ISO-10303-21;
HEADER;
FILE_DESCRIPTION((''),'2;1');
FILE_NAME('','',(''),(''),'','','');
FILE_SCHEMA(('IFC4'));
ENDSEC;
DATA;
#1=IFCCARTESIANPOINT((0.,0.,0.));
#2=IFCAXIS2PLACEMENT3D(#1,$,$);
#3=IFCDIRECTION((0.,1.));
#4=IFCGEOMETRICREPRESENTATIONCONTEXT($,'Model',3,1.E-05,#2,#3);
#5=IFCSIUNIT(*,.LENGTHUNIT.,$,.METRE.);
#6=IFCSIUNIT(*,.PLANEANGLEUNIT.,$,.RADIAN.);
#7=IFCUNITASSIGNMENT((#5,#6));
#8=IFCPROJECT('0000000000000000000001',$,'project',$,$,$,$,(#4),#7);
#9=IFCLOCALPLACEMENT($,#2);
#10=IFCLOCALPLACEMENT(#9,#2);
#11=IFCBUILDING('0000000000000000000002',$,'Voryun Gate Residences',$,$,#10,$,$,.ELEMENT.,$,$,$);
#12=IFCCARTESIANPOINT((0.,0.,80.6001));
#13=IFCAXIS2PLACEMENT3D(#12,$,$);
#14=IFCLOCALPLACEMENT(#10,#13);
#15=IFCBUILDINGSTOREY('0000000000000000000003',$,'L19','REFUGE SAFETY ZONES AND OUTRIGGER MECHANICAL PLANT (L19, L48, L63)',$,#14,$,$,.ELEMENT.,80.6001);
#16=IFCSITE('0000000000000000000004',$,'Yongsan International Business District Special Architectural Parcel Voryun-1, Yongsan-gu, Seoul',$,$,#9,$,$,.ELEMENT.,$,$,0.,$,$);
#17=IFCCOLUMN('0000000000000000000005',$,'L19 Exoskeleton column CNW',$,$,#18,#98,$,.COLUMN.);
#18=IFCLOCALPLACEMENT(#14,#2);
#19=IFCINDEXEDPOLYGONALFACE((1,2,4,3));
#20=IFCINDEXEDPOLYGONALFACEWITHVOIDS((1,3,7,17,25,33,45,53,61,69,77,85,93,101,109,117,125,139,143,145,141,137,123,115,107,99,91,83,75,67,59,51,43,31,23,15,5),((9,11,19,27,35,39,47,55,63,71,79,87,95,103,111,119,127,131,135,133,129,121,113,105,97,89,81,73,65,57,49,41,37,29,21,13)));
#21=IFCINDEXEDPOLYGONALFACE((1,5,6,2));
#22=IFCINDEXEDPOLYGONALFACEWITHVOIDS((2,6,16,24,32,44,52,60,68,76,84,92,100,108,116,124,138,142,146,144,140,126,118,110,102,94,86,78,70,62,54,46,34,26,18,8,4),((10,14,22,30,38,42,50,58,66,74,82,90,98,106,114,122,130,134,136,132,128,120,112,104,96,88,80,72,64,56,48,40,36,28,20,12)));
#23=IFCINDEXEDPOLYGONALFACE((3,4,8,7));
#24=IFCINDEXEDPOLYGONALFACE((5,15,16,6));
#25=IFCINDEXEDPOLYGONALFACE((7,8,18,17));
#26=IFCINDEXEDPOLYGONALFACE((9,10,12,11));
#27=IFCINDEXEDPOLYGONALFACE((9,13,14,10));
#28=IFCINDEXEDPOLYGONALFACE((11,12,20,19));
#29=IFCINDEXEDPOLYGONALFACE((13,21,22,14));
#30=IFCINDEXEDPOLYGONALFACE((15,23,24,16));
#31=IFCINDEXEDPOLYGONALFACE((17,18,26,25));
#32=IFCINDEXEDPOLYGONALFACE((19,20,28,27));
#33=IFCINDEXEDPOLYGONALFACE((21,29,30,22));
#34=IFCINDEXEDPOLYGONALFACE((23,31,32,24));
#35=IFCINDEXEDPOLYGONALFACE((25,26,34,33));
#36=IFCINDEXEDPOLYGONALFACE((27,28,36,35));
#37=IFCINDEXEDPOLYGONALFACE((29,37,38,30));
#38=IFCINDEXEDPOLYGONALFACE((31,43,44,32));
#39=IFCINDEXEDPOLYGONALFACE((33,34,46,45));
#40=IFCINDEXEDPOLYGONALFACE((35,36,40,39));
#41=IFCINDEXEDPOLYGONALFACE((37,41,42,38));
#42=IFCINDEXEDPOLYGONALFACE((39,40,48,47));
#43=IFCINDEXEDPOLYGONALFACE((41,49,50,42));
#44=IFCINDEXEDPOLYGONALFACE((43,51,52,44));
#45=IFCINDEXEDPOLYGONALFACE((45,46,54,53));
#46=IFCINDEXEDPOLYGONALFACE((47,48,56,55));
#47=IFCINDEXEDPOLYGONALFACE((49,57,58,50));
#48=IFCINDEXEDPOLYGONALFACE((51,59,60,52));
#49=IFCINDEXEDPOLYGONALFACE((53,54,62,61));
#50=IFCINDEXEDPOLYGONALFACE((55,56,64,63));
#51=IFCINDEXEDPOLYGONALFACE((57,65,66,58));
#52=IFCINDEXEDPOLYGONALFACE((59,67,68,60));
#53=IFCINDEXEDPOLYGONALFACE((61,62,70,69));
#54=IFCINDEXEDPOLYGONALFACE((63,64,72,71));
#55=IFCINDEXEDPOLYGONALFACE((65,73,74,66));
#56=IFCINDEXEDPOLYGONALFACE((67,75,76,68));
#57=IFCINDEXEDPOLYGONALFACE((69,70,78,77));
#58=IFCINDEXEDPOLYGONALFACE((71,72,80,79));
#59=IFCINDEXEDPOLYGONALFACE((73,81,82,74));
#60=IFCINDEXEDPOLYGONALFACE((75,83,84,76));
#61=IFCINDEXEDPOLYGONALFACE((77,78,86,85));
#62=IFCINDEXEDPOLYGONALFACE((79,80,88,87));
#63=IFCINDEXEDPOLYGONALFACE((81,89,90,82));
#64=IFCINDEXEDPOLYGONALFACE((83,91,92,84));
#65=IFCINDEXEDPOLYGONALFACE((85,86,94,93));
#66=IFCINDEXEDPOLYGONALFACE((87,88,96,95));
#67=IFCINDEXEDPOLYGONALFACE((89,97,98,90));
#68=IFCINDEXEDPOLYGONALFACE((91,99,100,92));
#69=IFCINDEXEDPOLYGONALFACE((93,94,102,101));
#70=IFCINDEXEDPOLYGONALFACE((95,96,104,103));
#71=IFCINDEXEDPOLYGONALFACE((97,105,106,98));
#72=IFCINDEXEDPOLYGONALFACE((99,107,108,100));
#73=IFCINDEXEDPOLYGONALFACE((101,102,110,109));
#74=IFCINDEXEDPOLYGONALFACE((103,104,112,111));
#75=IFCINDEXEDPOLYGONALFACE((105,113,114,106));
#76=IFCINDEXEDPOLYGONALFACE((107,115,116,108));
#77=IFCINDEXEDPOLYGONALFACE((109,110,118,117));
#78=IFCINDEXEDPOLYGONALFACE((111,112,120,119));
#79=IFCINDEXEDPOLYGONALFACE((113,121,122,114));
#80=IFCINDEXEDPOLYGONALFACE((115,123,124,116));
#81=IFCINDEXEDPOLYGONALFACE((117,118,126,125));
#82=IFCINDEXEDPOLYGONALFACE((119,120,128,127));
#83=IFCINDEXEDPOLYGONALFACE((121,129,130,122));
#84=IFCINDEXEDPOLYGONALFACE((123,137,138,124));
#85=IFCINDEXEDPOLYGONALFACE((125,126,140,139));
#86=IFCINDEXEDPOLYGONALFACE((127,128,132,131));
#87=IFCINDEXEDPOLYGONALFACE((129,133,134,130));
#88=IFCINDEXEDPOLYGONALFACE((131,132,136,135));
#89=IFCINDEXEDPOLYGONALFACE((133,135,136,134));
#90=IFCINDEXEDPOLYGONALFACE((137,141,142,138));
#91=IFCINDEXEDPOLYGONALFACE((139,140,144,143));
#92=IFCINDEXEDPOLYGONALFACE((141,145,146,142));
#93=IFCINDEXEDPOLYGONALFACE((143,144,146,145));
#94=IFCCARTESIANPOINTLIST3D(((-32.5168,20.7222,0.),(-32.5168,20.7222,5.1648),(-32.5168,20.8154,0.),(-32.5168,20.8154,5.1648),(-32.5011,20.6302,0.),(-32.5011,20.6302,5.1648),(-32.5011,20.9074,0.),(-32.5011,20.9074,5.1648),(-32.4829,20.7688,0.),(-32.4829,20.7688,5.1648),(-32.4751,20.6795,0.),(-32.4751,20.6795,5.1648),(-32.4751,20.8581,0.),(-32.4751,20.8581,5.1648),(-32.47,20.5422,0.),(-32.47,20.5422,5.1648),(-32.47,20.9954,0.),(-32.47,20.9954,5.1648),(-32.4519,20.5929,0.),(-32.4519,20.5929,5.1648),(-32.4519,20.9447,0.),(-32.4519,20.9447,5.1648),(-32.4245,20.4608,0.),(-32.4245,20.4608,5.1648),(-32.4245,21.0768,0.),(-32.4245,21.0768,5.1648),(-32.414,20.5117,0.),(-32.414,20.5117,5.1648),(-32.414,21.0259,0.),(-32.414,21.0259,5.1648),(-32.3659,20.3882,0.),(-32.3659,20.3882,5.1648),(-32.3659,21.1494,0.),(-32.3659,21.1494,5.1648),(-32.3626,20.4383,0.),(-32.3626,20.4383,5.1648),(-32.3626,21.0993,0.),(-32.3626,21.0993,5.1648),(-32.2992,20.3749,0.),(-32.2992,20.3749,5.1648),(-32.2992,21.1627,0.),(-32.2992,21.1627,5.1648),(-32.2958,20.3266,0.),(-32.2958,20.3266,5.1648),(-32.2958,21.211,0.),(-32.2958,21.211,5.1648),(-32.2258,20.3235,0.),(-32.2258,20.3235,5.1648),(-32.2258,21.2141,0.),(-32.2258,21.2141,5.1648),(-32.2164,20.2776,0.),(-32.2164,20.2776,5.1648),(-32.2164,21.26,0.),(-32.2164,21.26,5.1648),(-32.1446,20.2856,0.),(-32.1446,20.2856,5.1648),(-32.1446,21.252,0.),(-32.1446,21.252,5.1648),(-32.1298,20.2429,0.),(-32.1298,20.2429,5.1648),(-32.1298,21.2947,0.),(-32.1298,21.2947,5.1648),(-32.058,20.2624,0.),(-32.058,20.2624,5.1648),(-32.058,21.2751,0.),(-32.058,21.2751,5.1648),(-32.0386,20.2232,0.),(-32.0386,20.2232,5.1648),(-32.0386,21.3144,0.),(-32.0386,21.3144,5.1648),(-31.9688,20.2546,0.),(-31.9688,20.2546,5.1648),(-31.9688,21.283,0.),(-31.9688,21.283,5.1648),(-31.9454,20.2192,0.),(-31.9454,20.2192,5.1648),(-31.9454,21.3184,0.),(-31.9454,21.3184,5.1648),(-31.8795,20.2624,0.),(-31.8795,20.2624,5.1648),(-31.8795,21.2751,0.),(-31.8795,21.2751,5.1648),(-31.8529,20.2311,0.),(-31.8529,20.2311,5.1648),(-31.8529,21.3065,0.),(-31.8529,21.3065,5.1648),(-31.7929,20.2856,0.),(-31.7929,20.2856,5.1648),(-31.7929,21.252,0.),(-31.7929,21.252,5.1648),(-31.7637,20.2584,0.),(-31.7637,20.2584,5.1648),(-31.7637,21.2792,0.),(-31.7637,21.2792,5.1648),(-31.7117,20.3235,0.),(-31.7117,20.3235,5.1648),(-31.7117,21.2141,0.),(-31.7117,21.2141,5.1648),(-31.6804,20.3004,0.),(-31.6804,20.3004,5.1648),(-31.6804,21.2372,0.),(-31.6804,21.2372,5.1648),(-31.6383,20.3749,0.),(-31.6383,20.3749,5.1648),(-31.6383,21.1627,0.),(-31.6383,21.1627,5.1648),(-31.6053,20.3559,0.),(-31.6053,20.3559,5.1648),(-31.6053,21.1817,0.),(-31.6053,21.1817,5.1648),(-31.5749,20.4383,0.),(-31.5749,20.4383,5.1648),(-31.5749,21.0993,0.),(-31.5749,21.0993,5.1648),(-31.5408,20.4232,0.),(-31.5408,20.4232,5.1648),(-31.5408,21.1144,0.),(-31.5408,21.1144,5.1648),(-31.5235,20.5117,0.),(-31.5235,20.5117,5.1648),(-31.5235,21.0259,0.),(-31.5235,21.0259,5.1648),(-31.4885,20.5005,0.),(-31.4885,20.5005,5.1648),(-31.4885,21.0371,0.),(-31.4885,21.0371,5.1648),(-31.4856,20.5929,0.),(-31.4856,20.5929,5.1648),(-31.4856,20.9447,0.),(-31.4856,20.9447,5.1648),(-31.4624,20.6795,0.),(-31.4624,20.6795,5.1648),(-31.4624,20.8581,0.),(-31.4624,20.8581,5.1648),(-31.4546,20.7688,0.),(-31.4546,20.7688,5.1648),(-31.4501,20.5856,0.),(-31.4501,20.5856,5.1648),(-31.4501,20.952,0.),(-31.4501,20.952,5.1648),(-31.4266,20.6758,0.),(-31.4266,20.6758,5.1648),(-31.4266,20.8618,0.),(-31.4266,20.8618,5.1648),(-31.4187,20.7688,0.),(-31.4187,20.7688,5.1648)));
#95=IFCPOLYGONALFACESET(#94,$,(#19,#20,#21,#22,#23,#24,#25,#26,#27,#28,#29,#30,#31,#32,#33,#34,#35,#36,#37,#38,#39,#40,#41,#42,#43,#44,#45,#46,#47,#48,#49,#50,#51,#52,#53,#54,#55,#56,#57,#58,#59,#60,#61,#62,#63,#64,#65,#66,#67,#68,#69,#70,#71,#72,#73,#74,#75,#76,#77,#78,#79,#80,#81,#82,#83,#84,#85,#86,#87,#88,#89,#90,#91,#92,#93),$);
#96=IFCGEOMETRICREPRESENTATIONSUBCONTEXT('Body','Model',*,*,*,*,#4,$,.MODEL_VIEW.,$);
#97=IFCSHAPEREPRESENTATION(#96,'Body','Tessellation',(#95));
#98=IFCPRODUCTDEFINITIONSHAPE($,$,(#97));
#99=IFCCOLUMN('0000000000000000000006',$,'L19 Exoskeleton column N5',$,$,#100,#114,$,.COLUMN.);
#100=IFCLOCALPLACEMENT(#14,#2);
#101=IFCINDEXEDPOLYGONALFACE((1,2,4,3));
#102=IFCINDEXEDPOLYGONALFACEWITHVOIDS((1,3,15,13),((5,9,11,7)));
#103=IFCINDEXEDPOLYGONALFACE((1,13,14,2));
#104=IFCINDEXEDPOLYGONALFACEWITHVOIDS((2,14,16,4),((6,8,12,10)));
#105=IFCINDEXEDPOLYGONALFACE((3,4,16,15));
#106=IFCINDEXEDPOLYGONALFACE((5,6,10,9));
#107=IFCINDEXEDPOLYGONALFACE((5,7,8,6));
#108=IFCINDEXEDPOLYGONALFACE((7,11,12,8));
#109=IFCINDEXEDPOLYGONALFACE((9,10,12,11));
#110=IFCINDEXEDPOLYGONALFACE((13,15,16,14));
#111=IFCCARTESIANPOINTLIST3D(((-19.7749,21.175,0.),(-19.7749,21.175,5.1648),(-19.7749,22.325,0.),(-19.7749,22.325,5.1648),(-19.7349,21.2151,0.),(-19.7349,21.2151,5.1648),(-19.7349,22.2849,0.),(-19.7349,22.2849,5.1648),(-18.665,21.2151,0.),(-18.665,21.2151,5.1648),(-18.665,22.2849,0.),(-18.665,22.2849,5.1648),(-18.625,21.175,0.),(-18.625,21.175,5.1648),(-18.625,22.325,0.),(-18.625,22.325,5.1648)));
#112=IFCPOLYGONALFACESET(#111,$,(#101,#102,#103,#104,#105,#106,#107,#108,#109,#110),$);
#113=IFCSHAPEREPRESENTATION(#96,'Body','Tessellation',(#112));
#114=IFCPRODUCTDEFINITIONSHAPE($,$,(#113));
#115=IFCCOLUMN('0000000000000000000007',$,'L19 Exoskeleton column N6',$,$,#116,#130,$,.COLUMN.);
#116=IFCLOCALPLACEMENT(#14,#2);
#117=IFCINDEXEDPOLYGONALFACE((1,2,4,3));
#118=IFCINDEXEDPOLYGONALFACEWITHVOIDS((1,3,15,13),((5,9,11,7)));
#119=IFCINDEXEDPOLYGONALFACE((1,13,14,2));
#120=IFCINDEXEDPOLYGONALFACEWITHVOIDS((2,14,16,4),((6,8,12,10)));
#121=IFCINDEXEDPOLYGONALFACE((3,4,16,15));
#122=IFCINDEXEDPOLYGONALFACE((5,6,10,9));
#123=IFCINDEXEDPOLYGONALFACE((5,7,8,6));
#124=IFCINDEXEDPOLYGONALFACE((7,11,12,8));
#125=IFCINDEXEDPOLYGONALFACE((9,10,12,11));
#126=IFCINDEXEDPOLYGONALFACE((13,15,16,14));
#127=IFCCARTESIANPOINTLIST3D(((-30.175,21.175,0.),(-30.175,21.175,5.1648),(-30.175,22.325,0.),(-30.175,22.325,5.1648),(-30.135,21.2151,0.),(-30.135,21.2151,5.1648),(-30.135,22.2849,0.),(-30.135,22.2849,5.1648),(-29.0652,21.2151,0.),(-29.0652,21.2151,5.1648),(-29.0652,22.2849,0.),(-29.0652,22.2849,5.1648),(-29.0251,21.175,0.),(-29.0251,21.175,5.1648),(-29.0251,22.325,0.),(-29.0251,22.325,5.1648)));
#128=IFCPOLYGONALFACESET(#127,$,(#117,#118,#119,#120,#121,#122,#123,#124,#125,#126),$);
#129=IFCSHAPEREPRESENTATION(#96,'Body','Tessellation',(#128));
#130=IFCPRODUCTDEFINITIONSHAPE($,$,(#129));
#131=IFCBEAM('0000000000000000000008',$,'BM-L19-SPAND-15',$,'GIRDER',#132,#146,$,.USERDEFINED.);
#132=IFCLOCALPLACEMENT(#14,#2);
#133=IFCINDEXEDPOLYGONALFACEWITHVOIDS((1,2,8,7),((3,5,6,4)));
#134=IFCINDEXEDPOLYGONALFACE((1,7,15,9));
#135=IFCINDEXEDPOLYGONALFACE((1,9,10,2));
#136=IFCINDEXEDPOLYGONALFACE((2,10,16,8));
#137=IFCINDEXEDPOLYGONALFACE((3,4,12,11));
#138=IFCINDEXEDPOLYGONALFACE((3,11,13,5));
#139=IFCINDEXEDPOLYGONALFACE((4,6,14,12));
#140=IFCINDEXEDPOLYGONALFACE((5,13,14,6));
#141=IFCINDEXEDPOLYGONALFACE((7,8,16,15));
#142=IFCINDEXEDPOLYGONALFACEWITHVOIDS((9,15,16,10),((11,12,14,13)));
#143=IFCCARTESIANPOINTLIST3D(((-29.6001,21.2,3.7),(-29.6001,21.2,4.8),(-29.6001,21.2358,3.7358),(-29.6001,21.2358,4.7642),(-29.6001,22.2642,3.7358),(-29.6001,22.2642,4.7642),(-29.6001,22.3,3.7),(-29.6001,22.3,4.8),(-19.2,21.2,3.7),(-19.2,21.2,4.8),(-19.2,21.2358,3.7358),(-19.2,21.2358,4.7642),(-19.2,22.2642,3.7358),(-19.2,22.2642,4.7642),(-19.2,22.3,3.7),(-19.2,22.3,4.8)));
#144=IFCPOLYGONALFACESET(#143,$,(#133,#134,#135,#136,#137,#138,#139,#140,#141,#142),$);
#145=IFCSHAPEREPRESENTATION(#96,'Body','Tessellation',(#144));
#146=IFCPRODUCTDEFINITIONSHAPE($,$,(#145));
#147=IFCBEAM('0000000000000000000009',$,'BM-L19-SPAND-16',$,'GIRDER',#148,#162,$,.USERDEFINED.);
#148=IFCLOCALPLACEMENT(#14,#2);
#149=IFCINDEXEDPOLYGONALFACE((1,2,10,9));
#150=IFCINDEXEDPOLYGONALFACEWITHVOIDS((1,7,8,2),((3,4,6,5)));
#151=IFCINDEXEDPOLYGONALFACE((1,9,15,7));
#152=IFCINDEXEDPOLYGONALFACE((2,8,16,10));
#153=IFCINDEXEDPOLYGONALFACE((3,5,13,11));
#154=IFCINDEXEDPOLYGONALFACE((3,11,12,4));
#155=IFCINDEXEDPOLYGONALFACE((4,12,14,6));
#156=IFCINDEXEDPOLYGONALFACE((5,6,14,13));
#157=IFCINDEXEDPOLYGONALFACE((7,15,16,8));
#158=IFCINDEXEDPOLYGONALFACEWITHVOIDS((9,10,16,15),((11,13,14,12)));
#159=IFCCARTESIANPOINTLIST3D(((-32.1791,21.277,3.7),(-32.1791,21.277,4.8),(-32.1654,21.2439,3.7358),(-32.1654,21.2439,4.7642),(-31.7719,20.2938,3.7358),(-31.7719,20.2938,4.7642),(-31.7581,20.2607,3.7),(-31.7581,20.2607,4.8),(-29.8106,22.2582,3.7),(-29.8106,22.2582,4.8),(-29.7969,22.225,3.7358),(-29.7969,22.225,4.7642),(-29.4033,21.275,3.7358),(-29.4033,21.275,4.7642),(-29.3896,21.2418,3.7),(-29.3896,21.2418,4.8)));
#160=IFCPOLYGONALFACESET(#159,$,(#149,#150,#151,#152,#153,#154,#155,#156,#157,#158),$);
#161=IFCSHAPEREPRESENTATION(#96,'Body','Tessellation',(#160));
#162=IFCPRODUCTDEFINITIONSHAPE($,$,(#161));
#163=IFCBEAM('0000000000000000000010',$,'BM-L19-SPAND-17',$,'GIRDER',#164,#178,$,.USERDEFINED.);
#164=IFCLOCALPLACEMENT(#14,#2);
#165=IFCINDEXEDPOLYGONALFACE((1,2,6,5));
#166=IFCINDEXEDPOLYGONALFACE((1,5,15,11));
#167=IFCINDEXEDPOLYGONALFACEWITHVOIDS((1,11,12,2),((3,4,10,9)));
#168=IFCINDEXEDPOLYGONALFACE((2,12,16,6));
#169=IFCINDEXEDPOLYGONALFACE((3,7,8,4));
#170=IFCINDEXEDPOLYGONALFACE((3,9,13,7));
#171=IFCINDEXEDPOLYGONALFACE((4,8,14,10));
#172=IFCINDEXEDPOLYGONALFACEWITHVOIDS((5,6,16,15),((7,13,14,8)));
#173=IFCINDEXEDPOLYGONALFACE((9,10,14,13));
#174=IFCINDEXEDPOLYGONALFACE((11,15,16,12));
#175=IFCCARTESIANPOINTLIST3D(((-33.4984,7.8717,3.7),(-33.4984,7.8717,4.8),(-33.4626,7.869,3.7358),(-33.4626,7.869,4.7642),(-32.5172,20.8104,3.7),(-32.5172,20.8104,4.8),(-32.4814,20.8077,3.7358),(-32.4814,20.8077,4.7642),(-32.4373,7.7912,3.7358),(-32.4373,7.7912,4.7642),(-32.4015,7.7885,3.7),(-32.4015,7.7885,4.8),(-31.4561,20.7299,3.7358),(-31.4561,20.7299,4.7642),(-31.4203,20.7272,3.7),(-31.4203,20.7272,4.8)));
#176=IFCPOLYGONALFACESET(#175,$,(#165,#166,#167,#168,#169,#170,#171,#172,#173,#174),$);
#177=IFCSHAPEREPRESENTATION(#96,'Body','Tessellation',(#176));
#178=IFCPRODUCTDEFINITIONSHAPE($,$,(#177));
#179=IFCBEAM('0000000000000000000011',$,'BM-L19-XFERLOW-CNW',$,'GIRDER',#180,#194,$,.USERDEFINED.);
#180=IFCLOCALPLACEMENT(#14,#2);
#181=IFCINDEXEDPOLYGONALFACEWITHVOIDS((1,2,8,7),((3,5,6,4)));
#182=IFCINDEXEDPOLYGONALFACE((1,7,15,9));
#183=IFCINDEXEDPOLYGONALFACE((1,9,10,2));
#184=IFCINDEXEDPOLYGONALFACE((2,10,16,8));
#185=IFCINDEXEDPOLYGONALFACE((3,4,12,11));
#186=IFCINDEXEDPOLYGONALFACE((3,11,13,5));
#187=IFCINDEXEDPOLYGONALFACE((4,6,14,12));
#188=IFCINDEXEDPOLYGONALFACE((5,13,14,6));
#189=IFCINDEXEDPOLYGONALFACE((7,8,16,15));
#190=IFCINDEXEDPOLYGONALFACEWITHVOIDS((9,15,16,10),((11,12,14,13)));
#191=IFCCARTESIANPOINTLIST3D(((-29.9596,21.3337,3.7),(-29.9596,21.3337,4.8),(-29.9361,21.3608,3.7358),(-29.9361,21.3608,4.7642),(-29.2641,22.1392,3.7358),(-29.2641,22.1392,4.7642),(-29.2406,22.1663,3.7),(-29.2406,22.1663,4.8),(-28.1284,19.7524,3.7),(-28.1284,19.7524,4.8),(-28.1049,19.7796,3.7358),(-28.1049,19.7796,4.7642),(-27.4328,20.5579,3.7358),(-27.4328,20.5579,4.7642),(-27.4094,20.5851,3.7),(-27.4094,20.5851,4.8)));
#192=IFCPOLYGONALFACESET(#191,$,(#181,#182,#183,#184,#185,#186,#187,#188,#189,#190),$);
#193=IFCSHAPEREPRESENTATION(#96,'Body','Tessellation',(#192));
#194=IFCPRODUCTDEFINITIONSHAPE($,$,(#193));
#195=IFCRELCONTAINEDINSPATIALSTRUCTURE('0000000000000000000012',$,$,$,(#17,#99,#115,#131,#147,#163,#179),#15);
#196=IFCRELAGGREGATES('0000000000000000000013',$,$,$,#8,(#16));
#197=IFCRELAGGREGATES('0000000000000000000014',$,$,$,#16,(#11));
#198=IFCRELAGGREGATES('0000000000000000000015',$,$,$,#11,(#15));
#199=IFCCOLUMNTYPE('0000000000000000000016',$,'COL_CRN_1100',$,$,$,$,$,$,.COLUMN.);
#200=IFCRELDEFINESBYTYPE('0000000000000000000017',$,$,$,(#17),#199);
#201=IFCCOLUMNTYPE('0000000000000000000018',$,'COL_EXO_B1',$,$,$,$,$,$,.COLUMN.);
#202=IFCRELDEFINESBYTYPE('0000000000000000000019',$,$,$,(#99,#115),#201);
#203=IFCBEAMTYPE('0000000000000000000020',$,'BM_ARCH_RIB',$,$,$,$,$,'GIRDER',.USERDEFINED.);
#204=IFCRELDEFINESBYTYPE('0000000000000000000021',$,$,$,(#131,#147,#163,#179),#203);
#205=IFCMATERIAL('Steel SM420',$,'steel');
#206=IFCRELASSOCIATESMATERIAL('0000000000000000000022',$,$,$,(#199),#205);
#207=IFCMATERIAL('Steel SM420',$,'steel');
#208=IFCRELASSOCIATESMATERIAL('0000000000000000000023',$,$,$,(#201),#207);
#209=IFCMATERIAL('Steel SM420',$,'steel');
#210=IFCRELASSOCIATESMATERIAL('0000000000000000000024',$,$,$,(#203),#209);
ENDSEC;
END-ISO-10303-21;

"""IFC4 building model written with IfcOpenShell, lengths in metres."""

from ifc_helpers import new_model, si_unit, direction, frame, origin, origin_2d, place, context, subcontext, project, spatial, hollow_rectangle, hollow_circle, extrude, material, material_profile, profile_set, type_object, element, save


model = new_model("IFC4")

# Units and contexts
model_context = context("Model", 3, precision=1e-05, world=origin(), true_north=direction((0.0, 1.0)))
body_context = subcontext(model_context, "Body", "Model", "MODEL_VIEW")
ifc_project = project(units=[si_unit("LENGTHUNIT", "METRE"), si_unit("PLANEANGLEUNIT", "RADIAN")], contexts=[model_context])

# Site, building, storey
site_placement = place(None, origin())
site = spatial("IfcSite", under=ifc_project, at=site_placement, Name="Yongsan International Business District Special Architectural Parcel Voryun-1, Yongsan-gu, Seoul", CompositionType="ELEMENT", RefElevation=0.0)
building_placement = place(site_placement, origin())
building = spatial("IfcBuilding", under=site, at=building_placement, Name="Voryun Gate Residences", CompositionType="ELEMENT")
storey_placement = place(building_placement, frame((0.0, 0.0, 80.6001)))
storey = spatial("IfcBuildingStorey", under=building, at=storey_placement, Name="L19", Description="REFUGE SAFETY ZONES AND OUTRIGGER MECHANICAL PLANT (L19, L48, L63)", CompositionType="ELEMENT", Elevation=80.6001)

# Columns
ifc_material_1 = material(Name="Steel SM420", Category="steel")
ifc_material_profile_1 = material_profile(ifc_material_1, hollow_circle(Radius=0.55, WallThickness=0.0359, at=origin_2d()), Name="CHS-1100x36")
ifc_profile_set_1 = profile_set([ifc_material_profile_1], Name="Steel SM420")
column_type_1 = type_object("IfcColumnType", Name="COL_CRN_1100", PredefinedType="COLUMN", material=ifc_profile_set_1)
column_placement = place(storey_placement, frame((-31.9688, 20.7688, 0.0), z_axis=(0.0, 0.0, 1.0), x_axis=(1.0, 0.0, 0.0)))
element("IfcColumn", 1, at=column_placement, inside=storey, type_object=column_type_1, Name="L19 Exoskeleton column CNW", PredefinedType="COLUMN", context=body_context, shape_type="SweptSolid", body=[
    extrude(hollow_circle(Radius=0.55, WallThickness=0.0359, at=origin_2d()), origin(), (0.0, 0.0, 1.0), 5.1648),
])
ifc_material_2 = material(Name="Steel SM420", Category="steel")
ifc_material_profile_2 = material_profile(ifc_material_2, hollow_rectangle(XDim=1.1499, YDim=1.1499, WallThickness=0.04, at=origin_2d()), Name="BOX-1150x1150x40")
ifc_profile_set_2 = profile_set([ifc_material_profile_2], Name="Steel SM420")
column_type_2 = type_object("IfcColumnType", Name="COL_EXO_B1", PredefinedType="COLUMN", material=ifc_profile_set_2)
for number, where, z_axis, x_axis, name in (
    (2, (-19.2, 21.75, 0.0), (0.0, 0.0, 1.0), (1.0, 0.0, 0.0), "L19 Exoskeleton column N5"),
    (3, (-29.6001, 21.75, 0.0), (0.0, 0.0, 1.0), (1.0, 0.0, 0.0), "L19 Exoskeleton column N6"),
):
    element("IfcColumn", number, at=place(storey_placement, frame(where, z_axis=z_axis, x_axis=x_axis)), inside=storey, type_object=column_type_2, Name=name, PredefinedType="COLUMN", context=body_context, shape_type="SweptSolid", body=[
        extrude(hollow_rectangle(XDim=1.1499, YDim=1.1499, WallThickness=0.04, at=origin_2d()), origin(), (0.0, 0.0, 1.0), 5.1648),
    ])

# Beams
ifc_material_3 = material(Name="Steel SM420", Category="steel")
ifc_material_profile_3 = material_profile(ifc_material_3, hollow_rectangle(XDim=1.1001, YDim=1.1001, WallThickness=0.0359, at=origin_2d()), Name="BOX-1100x1100x36")
ifc_profile_set_3 = profile_set([ifc_material_profile_3], Name="Steel SM420")
beam_type = type_object("IfcBeamType", Name="BM_ARCH_RIB", ElementType="GIRDER", PredefinedType="USERDEFINED", material=ifc_profile_set_3)
beam_1_placement = place(storey_placement, frame((-19.2, 21.75, 4.25), z_axis=(-1.0, 0.0, 0.0), x_axis=(0.0, -1.0, 0.0)))
element("IfcBeam", 4, at=beam_1_placement, inside=storey, type_object=beam_type, Name="BM-L19-SPAND-15", ObjectType="GIRDER", PredefinedType="USERDEFINED", context=body_context, shape_type="SweptSolid", body=[
    extrude(hollow_rectangle(XDim=1.1001, YDim=1.1001, WallThickness=0.0359, at=origin_2d()), origin(), (0.0, 0.0, 1.0), 10.4001),
])
beam_2_placement = place(storey_placement, frame((-29.6001, 21.75, 4.25), z_axis=(-0.923869, -0.382708, 0.0), x_axis=(0.382708, -0.923869, 0.0)))
element("IfcBeam", 5, at=beam_2_placement, inside=storey, type_object=beam_type, Name="BM-L19-SPAND-16", ObjectType="GIRDER", PredefinedType="USERDEFINED", context=body_context, shape_type="SweptSolid", body=[
    extrude(hollow_rectangle(XDim=1.1001, YDim=1.1001, WallThickness=0.0359, at=origin_2d()), origin(), (0.0, 0.0, 1.0), 2.5637),
])
beam_3_placement = place(storey_placement, frame((-31.9688, 20.7688, 4.25), z_axis=(-0.075617, -0.997137, 0.0), x_axis=(0.997137, -0.075617, 0.0)))
element("IfcBeam", 6, at=beam_3_placement, inside=storey, type_object=beam_type, Name="BM-L19-SPAND-17", ObjectType="GIRDER", PredefinedType="USERDEFINED", context=body_context, shape_type="SweptSolid", body=[
    extrude(hollow_rectangle(XDim=1.1001, YDim=1.1001, WallThickness=0.0359, at=origin_2d()), origin(), (0.0, 0.0, 1.0), 12.9758),
])
beam_4_placement = place(storey_placement, frame((-29.6001, 21.75, 4.25), z_axis=(0.75688, -0.653554, 0.0), x_axis=(0.653554, 0.75688, 0.0)))
element("IfcBeam", 7, at=beam_4_placement, inside=storey, type_object=beam_type, Name="BM-L19-XFERLOW-CNW", ObjectType="GIRDER", PredefinedType="USERDEFINED", context=body_context, shape_type="SweptSolid", body=[
    extrude(hollow_rectangle(XDim=1.1001, YDim=1.1001, WallThickness=0.0359, at=origin_2d()), origin(), (0.0, 0.0, 1.0), 2.4194),
])

save(model, "model.ifc")
